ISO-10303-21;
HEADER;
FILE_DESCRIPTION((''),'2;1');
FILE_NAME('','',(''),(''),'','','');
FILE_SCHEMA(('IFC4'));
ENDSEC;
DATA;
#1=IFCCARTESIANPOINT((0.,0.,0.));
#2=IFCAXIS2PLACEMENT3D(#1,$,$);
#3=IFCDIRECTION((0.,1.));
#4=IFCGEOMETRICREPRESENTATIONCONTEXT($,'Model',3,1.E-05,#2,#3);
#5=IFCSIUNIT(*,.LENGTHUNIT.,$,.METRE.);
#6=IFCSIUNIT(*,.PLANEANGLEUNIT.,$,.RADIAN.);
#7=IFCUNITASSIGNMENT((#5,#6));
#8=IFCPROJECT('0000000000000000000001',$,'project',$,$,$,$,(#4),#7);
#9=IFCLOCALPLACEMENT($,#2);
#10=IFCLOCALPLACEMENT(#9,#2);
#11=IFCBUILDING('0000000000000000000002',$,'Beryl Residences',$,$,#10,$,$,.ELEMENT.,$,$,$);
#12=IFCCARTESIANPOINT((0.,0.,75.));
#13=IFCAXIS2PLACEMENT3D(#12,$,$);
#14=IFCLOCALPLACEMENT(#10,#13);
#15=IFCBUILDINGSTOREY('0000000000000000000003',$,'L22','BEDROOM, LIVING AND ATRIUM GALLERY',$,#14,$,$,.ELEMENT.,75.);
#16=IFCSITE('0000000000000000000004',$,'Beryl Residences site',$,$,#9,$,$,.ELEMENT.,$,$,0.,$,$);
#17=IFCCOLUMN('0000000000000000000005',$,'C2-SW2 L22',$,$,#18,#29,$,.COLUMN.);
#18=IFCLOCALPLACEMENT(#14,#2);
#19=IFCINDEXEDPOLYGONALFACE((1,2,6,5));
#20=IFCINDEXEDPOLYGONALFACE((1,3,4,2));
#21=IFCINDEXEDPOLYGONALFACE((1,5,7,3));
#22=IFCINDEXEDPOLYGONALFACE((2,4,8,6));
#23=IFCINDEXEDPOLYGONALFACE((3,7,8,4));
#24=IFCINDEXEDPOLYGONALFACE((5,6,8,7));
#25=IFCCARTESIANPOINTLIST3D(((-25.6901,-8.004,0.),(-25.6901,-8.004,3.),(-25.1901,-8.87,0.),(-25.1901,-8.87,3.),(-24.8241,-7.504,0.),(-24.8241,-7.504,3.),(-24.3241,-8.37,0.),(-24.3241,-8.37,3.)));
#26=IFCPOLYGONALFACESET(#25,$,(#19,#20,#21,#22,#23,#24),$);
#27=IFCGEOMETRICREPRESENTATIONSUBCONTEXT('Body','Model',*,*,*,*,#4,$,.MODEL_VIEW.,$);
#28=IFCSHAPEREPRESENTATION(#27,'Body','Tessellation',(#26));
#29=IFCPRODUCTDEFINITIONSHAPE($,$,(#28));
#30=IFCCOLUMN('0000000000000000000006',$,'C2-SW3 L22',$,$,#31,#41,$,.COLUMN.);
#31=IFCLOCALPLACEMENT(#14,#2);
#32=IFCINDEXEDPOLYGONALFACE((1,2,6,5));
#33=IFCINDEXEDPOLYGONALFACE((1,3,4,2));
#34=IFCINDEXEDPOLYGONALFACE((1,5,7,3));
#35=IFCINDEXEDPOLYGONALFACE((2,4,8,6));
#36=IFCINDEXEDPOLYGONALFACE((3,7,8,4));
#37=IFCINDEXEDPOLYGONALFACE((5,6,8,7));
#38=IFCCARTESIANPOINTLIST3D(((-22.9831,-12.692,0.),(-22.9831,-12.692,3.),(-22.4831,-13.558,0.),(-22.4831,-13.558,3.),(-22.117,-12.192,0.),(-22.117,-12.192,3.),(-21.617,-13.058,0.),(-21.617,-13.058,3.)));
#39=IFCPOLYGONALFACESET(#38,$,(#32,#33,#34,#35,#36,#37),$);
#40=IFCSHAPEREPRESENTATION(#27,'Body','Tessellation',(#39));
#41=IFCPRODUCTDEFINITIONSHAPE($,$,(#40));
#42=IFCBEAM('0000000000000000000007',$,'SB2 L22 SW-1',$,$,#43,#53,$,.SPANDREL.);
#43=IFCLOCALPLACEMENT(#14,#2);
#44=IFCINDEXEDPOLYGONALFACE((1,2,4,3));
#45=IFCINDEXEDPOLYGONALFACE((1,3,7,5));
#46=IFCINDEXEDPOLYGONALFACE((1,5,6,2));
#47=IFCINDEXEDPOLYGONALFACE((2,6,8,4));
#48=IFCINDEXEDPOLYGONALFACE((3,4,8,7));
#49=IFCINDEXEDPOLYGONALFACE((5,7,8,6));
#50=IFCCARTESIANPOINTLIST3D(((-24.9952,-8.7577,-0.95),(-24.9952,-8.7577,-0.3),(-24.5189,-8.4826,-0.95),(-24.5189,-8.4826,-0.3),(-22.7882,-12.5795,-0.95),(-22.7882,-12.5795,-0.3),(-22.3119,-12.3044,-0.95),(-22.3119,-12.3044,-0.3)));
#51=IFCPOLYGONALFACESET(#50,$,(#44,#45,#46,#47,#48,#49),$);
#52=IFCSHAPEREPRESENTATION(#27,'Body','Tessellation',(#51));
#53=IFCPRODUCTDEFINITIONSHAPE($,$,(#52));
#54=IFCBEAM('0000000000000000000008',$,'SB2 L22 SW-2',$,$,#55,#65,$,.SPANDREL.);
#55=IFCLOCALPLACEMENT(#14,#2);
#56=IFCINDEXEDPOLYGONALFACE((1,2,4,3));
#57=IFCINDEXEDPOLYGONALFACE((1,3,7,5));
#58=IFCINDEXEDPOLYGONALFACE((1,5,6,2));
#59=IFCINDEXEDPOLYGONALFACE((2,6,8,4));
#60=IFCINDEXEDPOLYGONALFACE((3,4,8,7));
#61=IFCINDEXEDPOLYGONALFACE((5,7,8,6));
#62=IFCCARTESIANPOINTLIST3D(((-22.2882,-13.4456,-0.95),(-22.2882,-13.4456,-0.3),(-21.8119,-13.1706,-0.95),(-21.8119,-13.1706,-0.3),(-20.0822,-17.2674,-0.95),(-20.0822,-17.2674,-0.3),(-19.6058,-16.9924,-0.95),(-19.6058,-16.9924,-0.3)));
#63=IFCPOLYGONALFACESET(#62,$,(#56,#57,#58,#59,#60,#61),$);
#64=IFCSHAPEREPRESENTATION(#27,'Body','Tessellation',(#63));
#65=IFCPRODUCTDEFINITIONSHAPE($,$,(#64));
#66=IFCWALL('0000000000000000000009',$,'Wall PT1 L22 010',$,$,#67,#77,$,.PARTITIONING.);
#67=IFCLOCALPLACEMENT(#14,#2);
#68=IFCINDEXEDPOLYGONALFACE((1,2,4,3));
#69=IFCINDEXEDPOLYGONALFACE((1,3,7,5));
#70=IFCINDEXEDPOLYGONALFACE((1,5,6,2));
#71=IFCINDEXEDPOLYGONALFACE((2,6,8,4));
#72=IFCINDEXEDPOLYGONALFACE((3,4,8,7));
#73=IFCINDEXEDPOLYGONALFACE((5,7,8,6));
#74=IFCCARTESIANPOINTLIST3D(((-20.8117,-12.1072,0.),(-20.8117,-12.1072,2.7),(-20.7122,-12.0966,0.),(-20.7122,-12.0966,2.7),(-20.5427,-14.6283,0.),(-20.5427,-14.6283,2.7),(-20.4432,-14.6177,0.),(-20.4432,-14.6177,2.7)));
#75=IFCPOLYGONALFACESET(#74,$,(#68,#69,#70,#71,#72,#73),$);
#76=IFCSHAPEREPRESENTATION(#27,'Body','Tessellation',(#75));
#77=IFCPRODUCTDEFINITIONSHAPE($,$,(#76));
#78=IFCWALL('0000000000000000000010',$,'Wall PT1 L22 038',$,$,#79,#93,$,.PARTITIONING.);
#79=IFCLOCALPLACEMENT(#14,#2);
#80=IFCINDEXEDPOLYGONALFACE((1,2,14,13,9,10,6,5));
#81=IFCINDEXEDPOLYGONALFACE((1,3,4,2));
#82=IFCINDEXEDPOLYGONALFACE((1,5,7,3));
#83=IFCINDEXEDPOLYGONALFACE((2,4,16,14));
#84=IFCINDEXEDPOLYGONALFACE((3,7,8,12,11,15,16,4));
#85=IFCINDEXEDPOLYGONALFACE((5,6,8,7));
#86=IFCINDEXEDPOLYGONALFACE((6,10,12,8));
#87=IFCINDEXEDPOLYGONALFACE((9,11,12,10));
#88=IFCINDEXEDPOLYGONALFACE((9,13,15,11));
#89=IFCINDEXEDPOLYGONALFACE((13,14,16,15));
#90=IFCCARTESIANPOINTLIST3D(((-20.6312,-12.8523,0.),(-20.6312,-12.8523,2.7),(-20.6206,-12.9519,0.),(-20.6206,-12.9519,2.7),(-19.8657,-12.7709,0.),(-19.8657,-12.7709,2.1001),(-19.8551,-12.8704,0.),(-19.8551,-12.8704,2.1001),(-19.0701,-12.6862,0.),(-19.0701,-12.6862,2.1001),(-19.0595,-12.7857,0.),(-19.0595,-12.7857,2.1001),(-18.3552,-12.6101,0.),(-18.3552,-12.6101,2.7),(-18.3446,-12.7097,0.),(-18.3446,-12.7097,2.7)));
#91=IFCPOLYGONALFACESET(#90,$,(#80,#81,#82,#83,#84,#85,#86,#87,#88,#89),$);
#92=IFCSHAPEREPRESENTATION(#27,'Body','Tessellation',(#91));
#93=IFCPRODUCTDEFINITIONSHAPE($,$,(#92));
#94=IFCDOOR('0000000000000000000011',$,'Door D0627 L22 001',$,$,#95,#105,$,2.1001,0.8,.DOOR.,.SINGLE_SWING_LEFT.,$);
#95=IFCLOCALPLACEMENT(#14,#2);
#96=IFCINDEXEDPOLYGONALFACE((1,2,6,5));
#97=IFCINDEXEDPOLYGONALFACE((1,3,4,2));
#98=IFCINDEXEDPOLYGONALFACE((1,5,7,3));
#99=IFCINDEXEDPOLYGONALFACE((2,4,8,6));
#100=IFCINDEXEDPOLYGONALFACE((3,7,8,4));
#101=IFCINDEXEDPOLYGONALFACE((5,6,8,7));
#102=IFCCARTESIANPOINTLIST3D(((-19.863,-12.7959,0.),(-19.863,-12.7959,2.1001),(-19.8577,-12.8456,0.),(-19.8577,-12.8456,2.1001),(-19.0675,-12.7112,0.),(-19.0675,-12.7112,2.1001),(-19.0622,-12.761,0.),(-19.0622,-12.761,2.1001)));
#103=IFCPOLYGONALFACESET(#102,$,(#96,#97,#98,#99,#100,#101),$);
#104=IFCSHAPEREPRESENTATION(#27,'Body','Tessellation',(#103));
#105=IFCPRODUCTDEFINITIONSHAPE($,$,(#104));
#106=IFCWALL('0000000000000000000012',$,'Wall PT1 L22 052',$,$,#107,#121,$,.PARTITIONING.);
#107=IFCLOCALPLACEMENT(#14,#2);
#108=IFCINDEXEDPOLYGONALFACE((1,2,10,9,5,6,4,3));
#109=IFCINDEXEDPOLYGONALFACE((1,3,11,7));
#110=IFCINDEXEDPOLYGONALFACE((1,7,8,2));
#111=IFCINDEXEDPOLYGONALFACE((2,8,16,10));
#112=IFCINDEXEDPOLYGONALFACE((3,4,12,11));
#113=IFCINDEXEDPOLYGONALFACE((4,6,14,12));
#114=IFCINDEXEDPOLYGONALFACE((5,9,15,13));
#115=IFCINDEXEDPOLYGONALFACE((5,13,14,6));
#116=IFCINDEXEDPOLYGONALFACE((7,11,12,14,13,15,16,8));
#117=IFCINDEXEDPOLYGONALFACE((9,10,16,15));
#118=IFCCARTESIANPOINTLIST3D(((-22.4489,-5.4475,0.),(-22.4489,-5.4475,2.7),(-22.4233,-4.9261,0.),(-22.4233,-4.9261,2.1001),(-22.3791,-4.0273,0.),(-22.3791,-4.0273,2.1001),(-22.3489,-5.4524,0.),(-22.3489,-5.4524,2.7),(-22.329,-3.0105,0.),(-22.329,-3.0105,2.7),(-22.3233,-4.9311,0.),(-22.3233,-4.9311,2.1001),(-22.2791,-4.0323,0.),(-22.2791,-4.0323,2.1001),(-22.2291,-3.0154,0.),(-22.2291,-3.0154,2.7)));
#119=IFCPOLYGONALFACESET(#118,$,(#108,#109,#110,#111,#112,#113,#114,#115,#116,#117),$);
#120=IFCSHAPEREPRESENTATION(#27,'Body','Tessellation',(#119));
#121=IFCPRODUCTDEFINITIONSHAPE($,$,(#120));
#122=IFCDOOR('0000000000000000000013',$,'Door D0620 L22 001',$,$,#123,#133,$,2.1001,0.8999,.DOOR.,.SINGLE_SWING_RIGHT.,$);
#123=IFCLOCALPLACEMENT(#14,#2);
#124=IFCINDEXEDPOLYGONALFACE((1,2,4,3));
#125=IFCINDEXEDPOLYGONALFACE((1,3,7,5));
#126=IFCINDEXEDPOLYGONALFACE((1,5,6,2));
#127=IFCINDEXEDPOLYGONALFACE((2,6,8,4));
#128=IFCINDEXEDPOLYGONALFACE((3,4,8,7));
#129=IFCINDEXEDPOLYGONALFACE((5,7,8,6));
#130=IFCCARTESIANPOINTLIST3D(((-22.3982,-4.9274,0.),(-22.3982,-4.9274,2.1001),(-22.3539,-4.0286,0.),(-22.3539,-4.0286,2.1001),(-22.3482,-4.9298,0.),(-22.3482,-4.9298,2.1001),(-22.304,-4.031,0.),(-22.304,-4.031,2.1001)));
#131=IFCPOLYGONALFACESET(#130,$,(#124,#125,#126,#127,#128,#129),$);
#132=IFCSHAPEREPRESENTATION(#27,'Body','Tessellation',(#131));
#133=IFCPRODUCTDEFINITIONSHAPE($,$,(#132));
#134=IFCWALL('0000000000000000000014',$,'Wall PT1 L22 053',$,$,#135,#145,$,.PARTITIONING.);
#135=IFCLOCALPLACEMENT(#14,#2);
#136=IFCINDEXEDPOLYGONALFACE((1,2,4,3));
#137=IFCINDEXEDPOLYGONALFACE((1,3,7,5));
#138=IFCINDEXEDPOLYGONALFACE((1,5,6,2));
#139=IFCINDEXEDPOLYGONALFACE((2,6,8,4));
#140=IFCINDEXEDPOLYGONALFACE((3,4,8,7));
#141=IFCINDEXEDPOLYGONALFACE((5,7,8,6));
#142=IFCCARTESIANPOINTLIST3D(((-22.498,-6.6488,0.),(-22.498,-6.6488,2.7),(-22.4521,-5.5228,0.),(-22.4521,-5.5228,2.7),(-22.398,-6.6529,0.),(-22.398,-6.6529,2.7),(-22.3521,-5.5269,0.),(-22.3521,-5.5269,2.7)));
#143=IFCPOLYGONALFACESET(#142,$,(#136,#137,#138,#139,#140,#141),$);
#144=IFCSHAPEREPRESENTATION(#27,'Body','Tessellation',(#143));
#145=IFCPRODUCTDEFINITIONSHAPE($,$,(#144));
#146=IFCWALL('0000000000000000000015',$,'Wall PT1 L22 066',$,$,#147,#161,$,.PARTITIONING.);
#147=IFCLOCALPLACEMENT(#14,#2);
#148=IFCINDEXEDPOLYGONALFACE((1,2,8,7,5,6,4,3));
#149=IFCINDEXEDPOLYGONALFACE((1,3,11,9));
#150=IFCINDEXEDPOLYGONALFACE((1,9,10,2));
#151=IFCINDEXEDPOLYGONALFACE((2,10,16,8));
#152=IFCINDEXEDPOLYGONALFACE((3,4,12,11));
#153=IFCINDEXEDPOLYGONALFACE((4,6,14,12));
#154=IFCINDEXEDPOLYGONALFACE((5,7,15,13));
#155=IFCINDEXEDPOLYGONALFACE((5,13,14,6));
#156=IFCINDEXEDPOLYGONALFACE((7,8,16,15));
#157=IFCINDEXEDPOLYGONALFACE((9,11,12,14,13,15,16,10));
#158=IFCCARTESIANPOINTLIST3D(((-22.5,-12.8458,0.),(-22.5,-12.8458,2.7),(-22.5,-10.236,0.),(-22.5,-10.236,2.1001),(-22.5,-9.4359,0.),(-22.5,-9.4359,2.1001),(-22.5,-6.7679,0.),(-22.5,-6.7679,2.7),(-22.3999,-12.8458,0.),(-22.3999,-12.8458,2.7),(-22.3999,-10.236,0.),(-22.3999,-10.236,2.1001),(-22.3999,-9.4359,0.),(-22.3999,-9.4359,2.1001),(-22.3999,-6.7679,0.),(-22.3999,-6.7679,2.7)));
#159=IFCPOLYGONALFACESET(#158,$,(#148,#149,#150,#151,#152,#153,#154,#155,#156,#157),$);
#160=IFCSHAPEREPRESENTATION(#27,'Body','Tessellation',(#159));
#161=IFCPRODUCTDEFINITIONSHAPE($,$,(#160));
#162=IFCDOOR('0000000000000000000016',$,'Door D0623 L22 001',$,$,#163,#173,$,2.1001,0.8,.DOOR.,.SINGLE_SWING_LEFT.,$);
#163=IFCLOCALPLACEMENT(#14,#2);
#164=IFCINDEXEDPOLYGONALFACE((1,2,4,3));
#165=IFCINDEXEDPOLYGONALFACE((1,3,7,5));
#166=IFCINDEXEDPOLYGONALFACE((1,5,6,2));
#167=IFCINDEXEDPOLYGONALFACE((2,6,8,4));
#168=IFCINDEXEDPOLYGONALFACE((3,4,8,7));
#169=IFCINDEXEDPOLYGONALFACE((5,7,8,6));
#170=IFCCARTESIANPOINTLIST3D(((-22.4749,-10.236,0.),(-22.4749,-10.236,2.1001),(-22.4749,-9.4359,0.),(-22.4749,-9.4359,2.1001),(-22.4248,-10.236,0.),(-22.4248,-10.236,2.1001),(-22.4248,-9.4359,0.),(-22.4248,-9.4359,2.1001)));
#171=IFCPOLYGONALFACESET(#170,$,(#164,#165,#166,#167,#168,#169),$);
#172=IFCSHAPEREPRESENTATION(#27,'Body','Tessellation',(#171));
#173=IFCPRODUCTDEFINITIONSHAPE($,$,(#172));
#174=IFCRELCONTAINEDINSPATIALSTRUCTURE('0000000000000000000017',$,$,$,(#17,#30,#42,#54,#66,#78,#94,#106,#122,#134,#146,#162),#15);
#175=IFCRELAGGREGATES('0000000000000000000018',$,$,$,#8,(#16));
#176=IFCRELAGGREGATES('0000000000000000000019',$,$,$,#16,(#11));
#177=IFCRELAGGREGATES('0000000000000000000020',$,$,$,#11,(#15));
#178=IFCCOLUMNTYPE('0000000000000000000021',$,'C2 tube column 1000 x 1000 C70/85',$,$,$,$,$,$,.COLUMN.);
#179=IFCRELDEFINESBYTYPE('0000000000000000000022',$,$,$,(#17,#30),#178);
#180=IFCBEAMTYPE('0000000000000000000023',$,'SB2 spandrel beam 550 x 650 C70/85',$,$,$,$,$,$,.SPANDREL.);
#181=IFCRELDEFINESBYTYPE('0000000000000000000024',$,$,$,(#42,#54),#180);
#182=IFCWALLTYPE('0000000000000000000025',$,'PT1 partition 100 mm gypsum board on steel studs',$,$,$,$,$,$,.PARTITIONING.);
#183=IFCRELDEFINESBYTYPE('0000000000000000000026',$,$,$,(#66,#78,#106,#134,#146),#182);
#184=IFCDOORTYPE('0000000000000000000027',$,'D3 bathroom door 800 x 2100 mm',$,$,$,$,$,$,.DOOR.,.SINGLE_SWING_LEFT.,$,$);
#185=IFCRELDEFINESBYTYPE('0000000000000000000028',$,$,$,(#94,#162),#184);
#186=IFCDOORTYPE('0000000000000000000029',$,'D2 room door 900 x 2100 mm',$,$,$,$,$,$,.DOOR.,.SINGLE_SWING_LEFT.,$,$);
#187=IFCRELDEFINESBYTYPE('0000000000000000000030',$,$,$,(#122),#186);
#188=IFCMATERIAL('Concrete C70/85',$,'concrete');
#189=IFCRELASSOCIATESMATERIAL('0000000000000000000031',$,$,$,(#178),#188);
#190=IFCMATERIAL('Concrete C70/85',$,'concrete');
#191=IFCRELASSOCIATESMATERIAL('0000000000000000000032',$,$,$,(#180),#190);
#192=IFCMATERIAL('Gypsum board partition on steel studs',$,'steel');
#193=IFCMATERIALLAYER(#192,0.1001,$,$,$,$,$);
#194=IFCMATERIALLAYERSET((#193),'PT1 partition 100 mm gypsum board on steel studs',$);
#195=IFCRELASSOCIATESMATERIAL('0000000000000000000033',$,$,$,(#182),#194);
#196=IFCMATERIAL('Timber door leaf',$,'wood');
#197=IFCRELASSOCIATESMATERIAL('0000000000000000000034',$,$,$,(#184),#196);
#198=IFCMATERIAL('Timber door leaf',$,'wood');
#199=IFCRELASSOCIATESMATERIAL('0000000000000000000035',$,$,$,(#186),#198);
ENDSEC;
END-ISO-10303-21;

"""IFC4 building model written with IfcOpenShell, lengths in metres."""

from ifc_helpers import new_model, si_unit, direction, frame, frame_2d, origin, origin_2d, place, context, subcontext, project, spatial, rectangle, extrude, material, layer, layer_set, material_profile, profile_set, type_object, element, fill, save


model = new_model("IFC4")

# Units and contexts
model_context = context("Model", 3, precision=1e-05, world=origin(), true_north=direction((0.0, 1.0)))
body_context = subcontext(model_context, "Body", "Model", "MODEL_VIEW")
ifc_project = project(units=[si_unit("LENGTHUNIT", "METRE"), si_unit("PLANEANGLEUNIT", "RADIAN")], contexts=[model_context])

# Site, building, storey
site_placement = place(None, origin())
site = spatial("IfcSite", under=ifc_project, at=site_placement, Name="Beryl Residences site", CompositionType="ELEMENT", RefElevation=0.0)
building_placement = place(site_placement, origin())
building = spatial("IfcBuilding", under=site, at=building_placement, Name="Beryl Residences", CompositionType="ELEMENT")
storey_placement = place(building_placement, frame((0.0, 0.0, 75.0)))
storey = spatial("IfcBuildingStorey", under=building, at=storey_placement, Name="L22", Description="BEDROOM, LIVING AND ATRIUM GALLERY", CompositionType="ELEMENT", Elevation=75.0)

# Columns
ifc_material_1 = material(Name="Concrete C70/85", Category="concrete")
ifc_material_profile_1 = material_profile(ifc_material_1, rectangle(XDim=1.0, YDim=1.0, at=origin_2d()))
ifc_profile_set_1 = profile_set([ifc_material_profile_1], Name="Concrete C70/85")
column_type = type_object("IfcColumnType", Name="C2 tube column 1000 x 1000 C70/85", PredefinedType="COLUMN", material=ifc_profile_set_1)
for number, where, z_axis, x_axis, name in (
    (1, (-25.0071, -8.187, 0.0), (0.0, 0.0, 1.0), (0.5, -0.866025, 0.0), "C2-SW2 L22"),
    (2, (-22.3, -12.875, 0.0), (0.0, 0.0, 1.0), (0.5, -0.866025, 0.0), "C2-SW3 L22"),
):
    element("IfcColumn", number, at=place(storey_placement, frame(where, z_axis=z_axis, x_axis=x_axis)), inside=storey, type_object=column_type, Name=name, PredefinedType="COLUMN", context=body_context, shape_type="SweptSolid", body=[
        extrude(rectangle(XDim=1.0, YDim=1.0, at=origin_2d()), origin(), (0.0, 0.0, 1.0), 3.0),
    ])

# Beams
ifc_material_2 = material(Name="Concrete C70/85", Category="concrete")
ifc_material_profile_2 = material_profile(ifc_material_2, rectangle(XDim=0.55, YDim=0.6499, at=origin_2d()))
ifc_profile_set_2 = profile_set([ifc_material_profile_2], Name="Concrete C70/85")
beam_type = type_object("IfcBeamType", Name="SB2 spandrel beam 550 x 650 C70/85", PredefinedType="SPANDREL", material=ifc_profile_set_2)
beam_1_placement = place(storey_placement, frame((-24.7571, -8.6201, -0.625), z_axis=(0.50009, -0.865974, 0.0), x_axis=(0.865974, 0.50009, 0.0)))
element("IfcBeam", 3, at=beam_1_placement, inside=storey, type_object=beam_type, Name="SB2 L22 SW-1", PredefinedType="SPANDREL", context=body_context, shape_type="SweptSolid", body=[
    extrude(rectangle(XDim=0.55, YDim=0.6499, at=origin_2d()), origin(), (0.0, 0.0, 1.0), 4.4133),
])
beam_2_placement = place(storey_placement, frame((-22.05, -13.3081, -0.625), z_axis=(0.499924, -0.86607, 0.0), x_axis=(0.86607, 0.499924, 0.0)))
element("IfcBeam", 4, at=beam_2_placement, inside=storey, type_object=beam_type, Name="SB2 L22 SW-2", PredefinedType="SPANDREL", context=body_context, shape_type="SweptSolid", body=[
    extrude(rectangle(XDim=0.55, YDim=0.6499, at=origin_2d()), origin(), (0.0, 0.0, 1.0), 4.4128),
])

# Wall
ifc_material_3 = material(Name="Gypsum board partition on steel studs", Category="steel")
ifc_layer_1 = layer(ifc_material_3, 0.1001)
ifc_layer_set_1 = layer_set([ifc_layer_1], Name="PT1 partition 100 mm gypsum board on steel studs")
wall_type_1 = type_object("IfcWallType", Name="PT1 partition 100 mm gypsum board on steel studs", PredefinedType="PARTITIONING", material=ifc_layer_set_1)
wall_1_placement = place(storey_placement, frame((-20.762, -12.1021, 0.0), z_axis=(0.0, 0.0, 1.0), x_axis=(0.106118, -0.994354, 0.0)))
element("IfcWall", 5, at=wall_1_placement, inside=storey, type_object=wall_type_1, Name="Wall PT1 L22 010", PredefinedType="PARTITIONING", context=body_context, shape_type="SweptSolid", body=[
    extrude(rectangle(XDim=2.5354, YDim=0.1001, at=frame_2d((1.2676, 0.0))), origin(), (0.0, 0.0, 1.0), 2.7),
])

# Walls, openings, doors
wall_2_placement = place(storey_placement, frame((-20.626, -12.9021, 0.0), z_axis=(0.0, 0.0, 1.0), x_axis=(0.994386, 0.105817, 0.0)))
wall_2 = element("IfcWall", 6, at=wall_2_placement, inside=storey, type_object=wall_type_1, Name="Wall PT1 L22 038", PredefinedType="PARTITIONING", context=body_context, shape_type="SweptSolid", body=[
    extrude(rectangle(XDim=2.2888, YDim=0.1001, at=frame_2d((1.1445, 0.0))), origin(), (0.0, 0.0, 1.0), 2.7),
])
opening_1_placement = place(wall_2_placement, frame((0.77, 0.0, 0.0)))
opening_1 = element("IfcOpeningElement", 7, at=opening_1_placement, cuts=wall_2, PredefinedType="OPENING", context=body_context, shape_type="SweptSolid", body=[
    extrude(rectangle(XDim=0.8, YDim=2.1001, at=frame_2d((0.3999, 1.05))), frame((0.0, 0.0601, 0.0), z_axis=(0.0, -1.0, 0.0), x_axis=(1.0, 0.0, 0.0)), (0.0, 0.0, 1.0), 0.1201),
])
ifc_material_4 = material(Name="Timber door leaf", Category="wood")
door_type_1 = type_object("IfcDoorType", Name="D3 bathroom door 800 x 2100 mm", OperationType="SINGLE_SWING_LEFT", PredefinedType="DOOR", material=ifc_material_4)
door_1_placement = place(opening_1_placement, origin())
door_1 = element("IfcDoor", 8, at=door_1_placement, inside=storey, type_object=door_type_1, Name="Door D0627 L22 001", OperationType="SINGLE_SWING_LEFT", OverallHeight=2.1001, OverallWidth=0.8, PredefinedType="DOOR", context=body_context, shape_type="SweptSolid", body=[
    extrude(rectangle(XDim=0.8, YDim=2.1001, at=frame_2d((0.3999, 1.05))), frame((0.0, 0.0249, 0.0), z_axis=(0.0, -1.0, 0.0), x_axis=(1.0, 0.0, 0.0)), (0.0, 0.0, 1.0), 0.05),
])
fill(opening_1, door_1)
wall_3_placement = place(storey_placement, frame((-22.3989, -5.45, 0.0), z_axis=(0.0, 0.0, 1.0), x_axis=(0.049129, 0.998792, 0.0)))
wall_3 = element("IfcWall", 9, at=wall_3_placement, inside=storey, type_object=wall_type_1, Name="Wall PT1 L22 052", PredefinedType="PARTITIONING", context=body_context, shape_type="SweptSolid", body=[
    extrude(rectangle(XDim=2.4399, YDim=0.1001, at=frame_2d((1.22, 0.0))), origin(), (0.0, 0.0, 1.0), 2.7),
])
opening_2_placement = place(wall_3_placement, frame((0.522, 0.0, 0.0)))
opening_2 = element("IfcOpeningElement", 10, at=opening_2_placement, cuts=wall_3, PredefinedType="OPENING", context=body_context, shape_type="SweptSolid", body=[
    extrude(rectangle(XDim=0.8999, YDim=2.1001, at=frame_2d((0.45, 1.05))), frame((0.0, 0.0601, 0.0), z_axis=(0.0, -1.0, 0.0), x_axis=(1.0, 0.0, 0.0)), (0.0, 0.0, 1.0), 0.1201),
])
ifc_material_5 = material(Name="Timber door leaf", Category="wood")
door_type_2 = type_object("IfcDoorType", Name="D2 room door 900 x 2100 mm", OperationType="SINGLE_SWING_LEFT", PredefinedType="DOOR", material=ifc_material_5)
door_2_placement = place(opening_2_placement, origin())
door_2 = element("IfcDoor", 11, at=door_2_placement, inside=storey, type_object=door_type_2, Name="Door D0620 L22 001", OperationType="SINGLE_SWING_RIGHT", OverallHeight=2.1001, OverallWidth=0.8999, PredefinedType="DOOR", context=body_context, shape_type="SweptSolid", body=[
    extrude(rectangle(XDim=0.8999, YDim=2.1001, at=frame_2d((0.45, 1.05))), frame((0.0, 0.0249, 0.0), z_axis=(0.0, -1.0, 0.0), x_axis=(1.0, 0.0, 0.0)), (0.0, 0.0, 1.0), 0.05),
])
fill(opening_2, door_2)

# Wall
wall_4_placement = place(storey_placement, frame((-22.448, -6.6509, 0.0), z_axis=(0.0, 0.0, 1.0), x_axis=(0.040729, 0.99917, 0.0)))
element("IfcWall", 12, at=wall_4_placement, inside=storey, type_object=wall_type_1, Name="Wall PT1 L22 053", PredefinedType="PARTITIONING", context=body_context, shape_type="SweptSolid", body=[
    extrude(rectangle(XDim=1.127, YDim=0.1001, at=frame_2d((0.5635, 0.0))), origin(), (0.0, 0.0, 1.0), 2.7),
])

# Wall, opening, door
wall_5_placement = place(storey_placement, frame((-22.45, -12.8459, 0.0), z_axis=(0.0, 0.0, 1.0), x_axis=(0.0, 1.0, 0.0)))
wall_5 = element("IfcWall", 13, at=wall_5_placement, inside=storey, type_object=wall_type_1, Name="Wall PT1 L22 066", PredefinedType="PARTITIONING", context=body_context, shape_type="SweptSolid", body=[
    extrude(rectangle(XDim=6.0779, YDim=0.1001, at=frame_2d((3.0391, 0.0))), origin(), (0.0, 0.0, 1.0), 2.7),
])
opening_3_placement = place(wall_5_placement, frame((2.6101, 0.0, 0.0)))
opening_3 = element("IfcOpeningElement", 14, at=opening_3_placement, cuts=wall_5, PredefinedType="OPENING", context=body_context, shape_type="SweptSolid", body=[
    extrude(rectangle(XDim=0.8, YDim=2.1001, at=frame_2d((0.3999, 1.05))), frame((0.0, 0.0601, 0.0), z_axis=(0.0, -1.0, 0.0), x_axis=(1.0, 0.0, 0.0)), (0.0, 0.0, 1.0), 0.1201),
])
door_3_placement = place(opening_3_placement, origin())
door_3 = element("IfcDoor", 15, at=door_3_placement, inside=storey, type_object=door_type_1, Name="Door D0623 L22 001", OperationType="SINGLE_SWING_LEFT", OverallHeight=2.1001, OverallWidth=0.8, PredefinedType="DOOR", context=body_context, shape_type="SweptSolid", body=[
    extrude(rectangle(XDim=0.8, YDim=2.1001, at=frame_2d((0.3999, 1.05))), frame((0.0, 0.0249, 0.0), z_axis=(0.0, -1.0, 0.0), x_axis=(1.0, 0.0, 0.0)), (0.0, 0.0, 1.0), 0.05),
])
fill(opening_3, door_3)

save(model, "model.ifc")
